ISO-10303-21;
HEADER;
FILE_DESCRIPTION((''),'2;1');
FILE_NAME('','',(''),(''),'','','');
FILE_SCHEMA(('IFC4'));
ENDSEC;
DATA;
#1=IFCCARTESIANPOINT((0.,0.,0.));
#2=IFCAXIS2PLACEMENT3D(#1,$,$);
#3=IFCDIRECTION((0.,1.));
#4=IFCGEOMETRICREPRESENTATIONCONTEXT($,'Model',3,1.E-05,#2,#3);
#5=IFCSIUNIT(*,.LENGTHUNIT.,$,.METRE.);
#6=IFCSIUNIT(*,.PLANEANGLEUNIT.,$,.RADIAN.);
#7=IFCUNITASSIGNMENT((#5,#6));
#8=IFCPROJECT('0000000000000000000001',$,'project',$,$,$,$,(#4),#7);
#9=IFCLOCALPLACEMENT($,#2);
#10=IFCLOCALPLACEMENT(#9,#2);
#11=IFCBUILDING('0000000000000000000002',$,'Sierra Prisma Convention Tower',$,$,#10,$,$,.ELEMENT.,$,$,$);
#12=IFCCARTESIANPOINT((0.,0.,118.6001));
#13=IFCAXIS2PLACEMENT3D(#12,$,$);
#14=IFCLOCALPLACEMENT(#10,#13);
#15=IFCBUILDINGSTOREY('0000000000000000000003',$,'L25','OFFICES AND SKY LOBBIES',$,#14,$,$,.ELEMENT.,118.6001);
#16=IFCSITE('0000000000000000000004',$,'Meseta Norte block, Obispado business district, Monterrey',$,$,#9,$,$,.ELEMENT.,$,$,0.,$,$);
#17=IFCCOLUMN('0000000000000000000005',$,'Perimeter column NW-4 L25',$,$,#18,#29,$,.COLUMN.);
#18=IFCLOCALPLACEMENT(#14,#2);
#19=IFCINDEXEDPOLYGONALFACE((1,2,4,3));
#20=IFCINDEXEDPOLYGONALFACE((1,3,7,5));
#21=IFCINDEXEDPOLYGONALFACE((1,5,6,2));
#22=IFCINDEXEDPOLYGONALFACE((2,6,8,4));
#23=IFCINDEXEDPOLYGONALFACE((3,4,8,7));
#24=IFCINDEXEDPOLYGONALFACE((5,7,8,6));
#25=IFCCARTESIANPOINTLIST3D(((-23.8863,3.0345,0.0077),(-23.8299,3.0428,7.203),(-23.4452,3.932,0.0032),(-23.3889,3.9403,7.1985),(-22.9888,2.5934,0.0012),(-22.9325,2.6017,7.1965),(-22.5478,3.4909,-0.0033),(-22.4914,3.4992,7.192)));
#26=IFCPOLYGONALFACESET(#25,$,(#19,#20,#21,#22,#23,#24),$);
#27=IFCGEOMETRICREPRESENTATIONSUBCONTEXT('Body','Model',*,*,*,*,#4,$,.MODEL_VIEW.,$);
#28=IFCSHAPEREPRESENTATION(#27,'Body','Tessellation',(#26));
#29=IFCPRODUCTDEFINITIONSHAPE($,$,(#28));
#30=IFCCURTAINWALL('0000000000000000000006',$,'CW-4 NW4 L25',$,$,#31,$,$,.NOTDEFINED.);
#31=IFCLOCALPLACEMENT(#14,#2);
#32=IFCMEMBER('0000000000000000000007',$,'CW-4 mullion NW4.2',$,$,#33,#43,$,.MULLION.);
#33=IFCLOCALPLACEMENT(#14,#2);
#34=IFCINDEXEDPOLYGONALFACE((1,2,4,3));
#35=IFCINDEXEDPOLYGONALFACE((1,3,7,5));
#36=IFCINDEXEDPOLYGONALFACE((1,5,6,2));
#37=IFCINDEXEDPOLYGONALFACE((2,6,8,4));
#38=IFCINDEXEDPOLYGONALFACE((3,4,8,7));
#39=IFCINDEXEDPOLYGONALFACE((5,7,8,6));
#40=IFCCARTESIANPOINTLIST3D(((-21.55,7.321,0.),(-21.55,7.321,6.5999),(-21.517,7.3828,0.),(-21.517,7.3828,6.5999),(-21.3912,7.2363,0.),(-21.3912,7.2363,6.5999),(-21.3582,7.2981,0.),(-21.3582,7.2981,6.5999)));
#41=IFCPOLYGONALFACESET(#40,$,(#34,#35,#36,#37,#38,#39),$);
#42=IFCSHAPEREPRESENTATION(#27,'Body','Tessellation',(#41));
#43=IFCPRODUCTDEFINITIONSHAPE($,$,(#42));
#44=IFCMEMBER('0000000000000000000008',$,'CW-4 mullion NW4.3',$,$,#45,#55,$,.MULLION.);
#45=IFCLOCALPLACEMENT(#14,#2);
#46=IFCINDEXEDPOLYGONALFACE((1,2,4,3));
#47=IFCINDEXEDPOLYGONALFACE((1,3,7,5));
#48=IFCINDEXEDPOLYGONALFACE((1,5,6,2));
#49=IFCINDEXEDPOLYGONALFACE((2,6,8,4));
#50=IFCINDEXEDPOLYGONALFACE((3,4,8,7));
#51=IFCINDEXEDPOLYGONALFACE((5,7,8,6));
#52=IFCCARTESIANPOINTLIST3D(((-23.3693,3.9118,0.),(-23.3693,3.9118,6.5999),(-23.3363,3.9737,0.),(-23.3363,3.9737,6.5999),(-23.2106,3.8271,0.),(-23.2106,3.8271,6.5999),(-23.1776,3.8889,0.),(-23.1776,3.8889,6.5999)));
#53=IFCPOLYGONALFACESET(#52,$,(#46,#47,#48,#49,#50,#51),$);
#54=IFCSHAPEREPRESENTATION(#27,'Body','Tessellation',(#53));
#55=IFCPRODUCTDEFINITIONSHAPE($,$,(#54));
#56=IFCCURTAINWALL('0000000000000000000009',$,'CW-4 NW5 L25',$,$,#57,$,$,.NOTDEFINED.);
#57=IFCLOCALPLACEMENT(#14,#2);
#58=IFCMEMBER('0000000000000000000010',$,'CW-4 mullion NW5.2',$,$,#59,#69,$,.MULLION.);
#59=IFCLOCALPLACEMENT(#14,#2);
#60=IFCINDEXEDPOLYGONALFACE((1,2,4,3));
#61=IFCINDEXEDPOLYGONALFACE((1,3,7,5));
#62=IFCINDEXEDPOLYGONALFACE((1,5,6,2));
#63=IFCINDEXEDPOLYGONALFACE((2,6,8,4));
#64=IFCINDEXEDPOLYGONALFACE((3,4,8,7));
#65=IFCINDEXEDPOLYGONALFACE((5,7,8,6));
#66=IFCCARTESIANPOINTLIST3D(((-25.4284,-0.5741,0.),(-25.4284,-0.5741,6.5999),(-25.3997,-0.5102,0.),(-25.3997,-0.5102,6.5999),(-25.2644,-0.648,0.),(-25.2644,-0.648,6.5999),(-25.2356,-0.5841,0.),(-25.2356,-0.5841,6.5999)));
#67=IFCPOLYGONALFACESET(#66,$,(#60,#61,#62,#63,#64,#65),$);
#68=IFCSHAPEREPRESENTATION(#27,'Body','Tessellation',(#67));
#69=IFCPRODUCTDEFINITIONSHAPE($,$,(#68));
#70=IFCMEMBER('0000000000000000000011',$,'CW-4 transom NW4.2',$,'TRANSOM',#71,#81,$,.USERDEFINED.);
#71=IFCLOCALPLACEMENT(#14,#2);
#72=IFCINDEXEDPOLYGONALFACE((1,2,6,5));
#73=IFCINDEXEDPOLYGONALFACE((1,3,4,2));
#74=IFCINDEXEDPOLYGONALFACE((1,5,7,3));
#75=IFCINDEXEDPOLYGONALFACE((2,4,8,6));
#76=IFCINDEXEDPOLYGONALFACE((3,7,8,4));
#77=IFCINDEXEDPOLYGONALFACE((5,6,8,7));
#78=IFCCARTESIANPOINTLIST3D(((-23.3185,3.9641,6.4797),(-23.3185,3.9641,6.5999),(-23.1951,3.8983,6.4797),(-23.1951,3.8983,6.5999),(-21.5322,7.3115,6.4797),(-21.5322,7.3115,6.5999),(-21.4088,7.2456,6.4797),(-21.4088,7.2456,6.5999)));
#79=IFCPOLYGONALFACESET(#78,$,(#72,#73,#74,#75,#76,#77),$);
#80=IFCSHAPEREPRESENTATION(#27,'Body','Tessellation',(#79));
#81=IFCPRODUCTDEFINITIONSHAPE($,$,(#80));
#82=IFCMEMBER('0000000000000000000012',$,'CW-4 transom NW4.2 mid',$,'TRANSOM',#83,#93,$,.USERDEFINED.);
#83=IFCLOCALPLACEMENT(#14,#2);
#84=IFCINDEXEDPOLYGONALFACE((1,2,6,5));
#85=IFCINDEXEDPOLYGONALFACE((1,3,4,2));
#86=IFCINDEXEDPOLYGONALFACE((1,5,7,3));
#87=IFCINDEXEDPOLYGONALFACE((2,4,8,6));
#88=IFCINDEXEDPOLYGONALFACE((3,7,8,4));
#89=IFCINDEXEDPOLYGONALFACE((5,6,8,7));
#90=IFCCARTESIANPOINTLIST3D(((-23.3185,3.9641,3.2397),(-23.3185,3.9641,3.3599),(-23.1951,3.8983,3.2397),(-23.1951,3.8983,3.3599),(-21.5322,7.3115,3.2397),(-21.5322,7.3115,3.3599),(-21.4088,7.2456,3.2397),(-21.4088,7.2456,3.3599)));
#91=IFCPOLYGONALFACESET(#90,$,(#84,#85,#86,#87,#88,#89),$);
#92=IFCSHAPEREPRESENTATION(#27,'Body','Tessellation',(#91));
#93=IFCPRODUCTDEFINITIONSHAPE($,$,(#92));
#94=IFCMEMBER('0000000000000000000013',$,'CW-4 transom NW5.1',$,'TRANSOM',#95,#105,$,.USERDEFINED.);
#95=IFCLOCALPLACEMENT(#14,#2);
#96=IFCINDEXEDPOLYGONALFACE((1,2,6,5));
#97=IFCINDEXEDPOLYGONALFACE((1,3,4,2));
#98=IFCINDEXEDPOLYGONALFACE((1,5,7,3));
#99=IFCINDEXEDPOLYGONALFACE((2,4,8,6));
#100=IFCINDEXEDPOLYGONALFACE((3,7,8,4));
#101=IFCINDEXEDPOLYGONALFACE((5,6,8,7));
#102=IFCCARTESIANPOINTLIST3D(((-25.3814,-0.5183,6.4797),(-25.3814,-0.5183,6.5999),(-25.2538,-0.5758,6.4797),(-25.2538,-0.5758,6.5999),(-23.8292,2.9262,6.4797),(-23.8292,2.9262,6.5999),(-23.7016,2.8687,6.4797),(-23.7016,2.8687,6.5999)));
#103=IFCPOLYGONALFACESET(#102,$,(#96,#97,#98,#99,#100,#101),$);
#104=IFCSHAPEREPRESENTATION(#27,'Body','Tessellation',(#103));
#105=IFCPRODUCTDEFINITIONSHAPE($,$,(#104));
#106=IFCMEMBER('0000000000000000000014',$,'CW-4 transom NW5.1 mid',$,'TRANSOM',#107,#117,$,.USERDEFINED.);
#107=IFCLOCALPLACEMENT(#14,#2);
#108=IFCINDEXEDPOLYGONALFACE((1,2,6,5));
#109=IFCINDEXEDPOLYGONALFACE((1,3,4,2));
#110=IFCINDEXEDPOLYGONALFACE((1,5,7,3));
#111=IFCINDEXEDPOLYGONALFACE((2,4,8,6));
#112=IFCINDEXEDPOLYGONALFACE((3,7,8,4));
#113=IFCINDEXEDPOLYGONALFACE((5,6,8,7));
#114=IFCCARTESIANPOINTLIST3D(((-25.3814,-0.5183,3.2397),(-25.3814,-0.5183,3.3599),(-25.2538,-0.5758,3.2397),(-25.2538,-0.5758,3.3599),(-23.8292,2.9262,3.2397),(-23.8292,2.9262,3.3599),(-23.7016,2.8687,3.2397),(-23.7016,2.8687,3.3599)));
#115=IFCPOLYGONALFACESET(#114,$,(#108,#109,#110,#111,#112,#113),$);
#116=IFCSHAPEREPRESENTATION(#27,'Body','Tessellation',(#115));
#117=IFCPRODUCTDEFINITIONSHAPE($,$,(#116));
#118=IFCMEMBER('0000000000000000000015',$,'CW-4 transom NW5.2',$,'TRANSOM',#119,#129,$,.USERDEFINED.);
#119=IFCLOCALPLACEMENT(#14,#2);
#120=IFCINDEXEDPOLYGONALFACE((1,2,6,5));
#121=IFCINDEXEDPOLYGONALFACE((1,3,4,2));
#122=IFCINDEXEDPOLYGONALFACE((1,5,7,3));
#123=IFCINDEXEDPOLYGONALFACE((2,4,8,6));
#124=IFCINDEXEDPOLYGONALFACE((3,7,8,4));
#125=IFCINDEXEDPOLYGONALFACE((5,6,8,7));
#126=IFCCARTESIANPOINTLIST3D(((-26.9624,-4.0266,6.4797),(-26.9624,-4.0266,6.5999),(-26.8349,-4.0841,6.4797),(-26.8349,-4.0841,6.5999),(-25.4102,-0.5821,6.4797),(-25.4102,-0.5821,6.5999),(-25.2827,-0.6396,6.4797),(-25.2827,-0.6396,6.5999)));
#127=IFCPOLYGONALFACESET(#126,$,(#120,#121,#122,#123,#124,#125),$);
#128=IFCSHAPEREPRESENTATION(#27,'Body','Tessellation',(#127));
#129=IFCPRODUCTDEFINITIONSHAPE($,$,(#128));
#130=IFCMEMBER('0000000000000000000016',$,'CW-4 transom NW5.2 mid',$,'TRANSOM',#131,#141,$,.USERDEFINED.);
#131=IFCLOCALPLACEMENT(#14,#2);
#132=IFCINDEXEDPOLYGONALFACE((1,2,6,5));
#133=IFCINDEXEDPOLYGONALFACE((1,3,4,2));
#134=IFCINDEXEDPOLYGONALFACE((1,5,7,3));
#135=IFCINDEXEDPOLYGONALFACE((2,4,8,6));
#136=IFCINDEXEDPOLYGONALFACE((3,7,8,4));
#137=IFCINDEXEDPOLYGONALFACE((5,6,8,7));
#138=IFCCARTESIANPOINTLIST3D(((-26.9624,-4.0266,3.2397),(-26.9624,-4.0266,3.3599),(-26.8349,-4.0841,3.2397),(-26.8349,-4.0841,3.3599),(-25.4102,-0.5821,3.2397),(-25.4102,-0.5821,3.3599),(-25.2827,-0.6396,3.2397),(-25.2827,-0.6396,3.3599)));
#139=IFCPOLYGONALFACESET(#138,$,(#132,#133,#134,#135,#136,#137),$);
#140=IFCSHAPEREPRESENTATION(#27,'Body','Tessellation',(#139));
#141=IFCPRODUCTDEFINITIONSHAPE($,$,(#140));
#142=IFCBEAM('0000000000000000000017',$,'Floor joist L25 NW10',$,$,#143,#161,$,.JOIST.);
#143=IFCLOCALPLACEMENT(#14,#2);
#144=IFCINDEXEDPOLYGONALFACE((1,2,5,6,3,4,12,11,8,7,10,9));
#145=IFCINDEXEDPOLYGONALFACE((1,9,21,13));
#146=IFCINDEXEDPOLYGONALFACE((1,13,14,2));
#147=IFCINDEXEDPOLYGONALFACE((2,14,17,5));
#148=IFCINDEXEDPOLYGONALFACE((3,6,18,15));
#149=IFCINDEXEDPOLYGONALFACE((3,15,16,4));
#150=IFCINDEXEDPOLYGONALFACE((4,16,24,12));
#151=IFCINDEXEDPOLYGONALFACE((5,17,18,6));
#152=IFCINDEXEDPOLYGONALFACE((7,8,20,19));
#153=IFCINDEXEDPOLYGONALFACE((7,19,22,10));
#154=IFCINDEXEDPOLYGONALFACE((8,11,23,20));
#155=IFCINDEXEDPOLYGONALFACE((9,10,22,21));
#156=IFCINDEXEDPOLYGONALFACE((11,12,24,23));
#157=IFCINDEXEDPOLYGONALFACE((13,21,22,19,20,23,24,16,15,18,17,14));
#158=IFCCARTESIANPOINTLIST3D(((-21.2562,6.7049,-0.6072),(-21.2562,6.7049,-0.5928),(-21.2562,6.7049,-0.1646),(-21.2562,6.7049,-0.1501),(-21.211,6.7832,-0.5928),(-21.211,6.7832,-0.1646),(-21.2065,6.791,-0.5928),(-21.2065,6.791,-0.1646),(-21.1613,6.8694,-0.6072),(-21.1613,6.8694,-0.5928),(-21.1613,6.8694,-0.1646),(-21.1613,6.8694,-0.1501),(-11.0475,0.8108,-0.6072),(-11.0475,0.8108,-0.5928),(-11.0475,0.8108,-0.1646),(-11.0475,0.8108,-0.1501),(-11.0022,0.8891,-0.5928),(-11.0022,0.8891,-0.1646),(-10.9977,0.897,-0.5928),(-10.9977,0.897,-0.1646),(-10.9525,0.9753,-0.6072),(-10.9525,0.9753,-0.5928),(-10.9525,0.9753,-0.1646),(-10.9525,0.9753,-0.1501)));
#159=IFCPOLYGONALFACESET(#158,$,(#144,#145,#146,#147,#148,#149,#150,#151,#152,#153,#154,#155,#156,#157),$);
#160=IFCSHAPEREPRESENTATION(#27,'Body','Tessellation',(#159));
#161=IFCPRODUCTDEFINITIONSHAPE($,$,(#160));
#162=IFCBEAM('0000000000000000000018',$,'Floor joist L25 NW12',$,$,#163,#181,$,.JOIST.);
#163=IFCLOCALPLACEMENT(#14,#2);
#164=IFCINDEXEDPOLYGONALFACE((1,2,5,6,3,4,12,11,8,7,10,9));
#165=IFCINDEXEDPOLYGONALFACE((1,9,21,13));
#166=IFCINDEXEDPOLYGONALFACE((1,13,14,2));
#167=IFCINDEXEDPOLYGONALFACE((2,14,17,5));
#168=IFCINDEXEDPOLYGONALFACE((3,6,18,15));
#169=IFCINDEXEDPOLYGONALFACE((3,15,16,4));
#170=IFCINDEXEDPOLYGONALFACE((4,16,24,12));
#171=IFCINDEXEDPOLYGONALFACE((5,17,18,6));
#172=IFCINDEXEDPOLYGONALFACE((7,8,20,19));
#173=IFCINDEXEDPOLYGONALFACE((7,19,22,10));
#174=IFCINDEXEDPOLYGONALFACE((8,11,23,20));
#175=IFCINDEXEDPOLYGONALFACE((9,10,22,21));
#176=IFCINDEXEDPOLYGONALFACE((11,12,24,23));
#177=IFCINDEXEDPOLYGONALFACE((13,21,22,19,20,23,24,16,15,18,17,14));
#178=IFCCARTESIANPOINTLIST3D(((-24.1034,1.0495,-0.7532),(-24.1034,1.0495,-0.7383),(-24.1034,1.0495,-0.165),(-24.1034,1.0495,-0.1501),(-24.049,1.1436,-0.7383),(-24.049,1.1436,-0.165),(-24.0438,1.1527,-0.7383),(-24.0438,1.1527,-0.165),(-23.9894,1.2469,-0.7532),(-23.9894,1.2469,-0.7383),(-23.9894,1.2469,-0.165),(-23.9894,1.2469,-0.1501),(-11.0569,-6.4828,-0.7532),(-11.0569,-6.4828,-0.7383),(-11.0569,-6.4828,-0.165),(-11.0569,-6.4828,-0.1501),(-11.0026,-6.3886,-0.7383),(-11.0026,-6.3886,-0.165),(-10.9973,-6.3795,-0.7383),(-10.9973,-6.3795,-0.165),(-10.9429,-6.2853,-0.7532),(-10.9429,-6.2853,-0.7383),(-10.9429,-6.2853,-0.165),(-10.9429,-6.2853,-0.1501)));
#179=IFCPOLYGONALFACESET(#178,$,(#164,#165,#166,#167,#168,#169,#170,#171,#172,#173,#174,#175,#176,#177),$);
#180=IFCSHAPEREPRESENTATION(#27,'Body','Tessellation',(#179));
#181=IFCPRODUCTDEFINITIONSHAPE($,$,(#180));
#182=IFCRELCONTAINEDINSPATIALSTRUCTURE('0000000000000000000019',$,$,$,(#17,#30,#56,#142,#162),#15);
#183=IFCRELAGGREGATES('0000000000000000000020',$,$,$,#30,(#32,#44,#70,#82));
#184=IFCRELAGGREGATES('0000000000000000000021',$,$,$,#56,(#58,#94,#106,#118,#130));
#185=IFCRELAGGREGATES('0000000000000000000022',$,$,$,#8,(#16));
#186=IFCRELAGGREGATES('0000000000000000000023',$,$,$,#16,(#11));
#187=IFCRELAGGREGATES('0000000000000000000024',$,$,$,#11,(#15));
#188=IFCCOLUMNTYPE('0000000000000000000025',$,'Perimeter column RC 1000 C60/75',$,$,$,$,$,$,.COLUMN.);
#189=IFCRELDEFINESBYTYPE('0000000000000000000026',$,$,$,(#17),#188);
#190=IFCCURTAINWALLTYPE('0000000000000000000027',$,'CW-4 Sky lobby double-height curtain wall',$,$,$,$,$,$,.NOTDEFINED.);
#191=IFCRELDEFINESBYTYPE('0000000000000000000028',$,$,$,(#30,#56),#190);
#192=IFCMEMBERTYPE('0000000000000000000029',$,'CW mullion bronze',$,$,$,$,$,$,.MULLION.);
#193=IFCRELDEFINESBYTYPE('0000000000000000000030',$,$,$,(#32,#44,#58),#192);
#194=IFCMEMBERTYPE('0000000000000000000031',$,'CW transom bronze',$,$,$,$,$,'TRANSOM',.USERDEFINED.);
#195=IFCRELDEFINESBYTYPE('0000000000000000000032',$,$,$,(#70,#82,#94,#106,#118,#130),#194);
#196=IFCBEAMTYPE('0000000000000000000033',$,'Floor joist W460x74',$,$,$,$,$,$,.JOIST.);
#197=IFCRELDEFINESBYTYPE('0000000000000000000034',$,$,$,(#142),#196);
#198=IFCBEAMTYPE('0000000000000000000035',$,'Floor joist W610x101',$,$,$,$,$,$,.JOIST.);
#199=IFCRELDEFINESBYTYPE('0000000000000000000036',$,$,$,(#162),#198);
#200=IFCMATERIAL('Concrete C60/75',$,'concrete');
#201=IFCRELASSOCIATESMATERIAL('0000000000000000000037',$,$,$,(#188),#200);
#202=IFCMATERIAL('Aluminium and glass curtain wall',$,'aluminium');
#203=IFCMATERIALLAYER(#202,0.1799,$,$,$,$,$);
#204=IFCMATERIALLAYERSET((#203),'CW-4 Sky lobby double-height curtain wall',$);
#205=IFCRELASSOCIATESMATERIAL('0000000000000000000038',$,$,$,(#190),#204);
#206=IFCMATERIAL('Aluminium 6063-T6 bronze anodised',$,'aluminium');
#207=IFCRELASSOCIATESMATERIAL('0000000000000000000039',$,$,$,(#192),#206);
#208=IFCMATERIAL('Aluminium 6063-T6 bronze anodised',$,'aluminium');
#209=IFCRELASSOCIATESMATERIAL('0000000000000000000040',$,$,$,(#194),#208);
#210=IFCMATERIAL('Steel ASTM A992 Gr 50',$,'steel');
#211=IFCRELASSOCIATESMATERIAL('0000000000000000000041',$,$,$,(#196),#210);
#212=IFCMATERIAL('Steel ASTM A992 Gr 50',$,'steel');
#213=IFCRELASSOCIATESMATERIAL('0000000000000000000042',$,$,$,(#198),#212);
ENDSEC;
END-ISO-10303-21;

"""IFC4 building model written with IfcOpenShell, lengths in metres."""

from ifc_helpers import new_model, si_unit, direction, frame, origin, origin_2d, place, context, subcontext, project, spatial, rectangle, i_section, extrude, clip, halfspace, material, layer, layer_set, material_profile, profile_set, type_object, element, aggregate, save


model = new_model("IFC4")

# Units and contexts
model_context = context("Model", 3, precision=1e-05, world=origin(), true_north=direction((0.0, 1.0)))
body_context = subcontext(model_context, "Body", "Model", "MODEL_VIEW")
ifc_project = project(units=[si_unit("LENGTHUNIT", "METRE"), si_unit("PLANEANGLEUNIT", "RADIAN")], contexts=[model_context])

# Site, building, storey
site_placement = place(None, origin())
site = spatial("IfcSite", under=ifc_project, at=site_placement, Name="Meseta Norte block, Obispado business district, Monterrey", CompositionType="ELEMENT", RefElevation=0.0)
building_placement = place(site_placement, origin())
building = spatial("IfcBuilding", under=site, at=building_placement, Name="Sierra Prisma Convention Tower", CompositionType="ELEMENT")
storey_placement = place(building_placement, frame((0.0, 0.0, 118.6001)))
storey = spatial("IfcBuildingStorey", under=building, at=storey_placement, Name="L25", Description="OFFICES AND SKY LOBBIES", CompositionType="ELEMENT", Elevation=118.6001)

# Column
ifc_material_1 = material(Name="Concrete C60/75", Category="concrete")
ifc_material_profile_1 = material_profile(ifc_material_1, rectangle(XDim=1.0, YDim=1.0, at=origin_2d()), Name="Perimeter column RC 1000 C60/75")
ifc_profile_set_1 = profile_set([ifc_material_profile_1], Name="Concrete C60/75")
column_type = type_object("IfcColumnType", Name="Perimeter column RC 1000 C60/75", PredefinedType="COLUMN", material=ifc_profile_set_1)
column_placement = place(storey_placement, frame((-23.217, 3.2627, 0.0), z_axis=(0.007833, 0.001153, 0.999969), x_axis=(0.441062, 0.897466, -0.004489)))
element("IfcColumn", 1, at=column_placement, inside=storey, type_object=column_type, Name="Perimeter column NW-4 L25", PredefinedType="COLUMN", context=body_context, shape_type="SweptSolid", body=[
    clip(clip(extrude(rectangle(XDim=1.0, YDim=1.0, at=origin_2d()), origin(), (0.0, 0.0, 1.0), 7.2002), halfspace(frame((0.0, 0.0, 0.0022)), True)), halfspace(frame((0.0, 0.0, 7.1978)), False)),
])

# Curtain wall, members
ifc_material_2 = material(Name="Aluminium and glass curtain wall", Category="aluminium")
ifc_layer_1 = layer(ifc_material_2, 0.1799)
ifc_layer_set_1 = layer_set([ifc_layer_1], Name="CW-4 Sky lobby double-height curtain wall")
curtain_wall_type = type_object("IfcCurtainWallType", Name="CW-4 Sky lobby double-height curtain wall", PredefinedType="NOTDEFINED", material=ifc_layer_set_1)
curtain_wall_1_placement = place(storey_placement, origin())
curtain_wall_1 = element("IfcCurtainWall", 2, at=curtain_wall_1_placement, inside=storey, type_object=curtain_wall_type, Name="CW-4 NW4 L25", PredefinedType="NOTDEFINED")
ifc_material_3 = material(Name="Aluminium 6063-T6 bronze anodised", Category="aluminium")
ifc_material_profile_2 = material_profile(ifc_material_3, rectangle(XDim=0.1799, YDim=0.0701, at=origin_2d()), Name="ALU MULLION 70x180")
ifc_profile_set_2 = profile_set([ifc_material_profile_2], Name="Aluminium 6063-T6 bronze anodised")
member_type_1 = type_object("IfcMemberType", Name="CW mullion bronze", PredefinedType="MULLION", material=ifc_profile_set_2)
member_1_placement = place(storey_placement, frame((-21.4541, 7.3096, 0.0), z_axis=(0.0, 0.0, 1.0), x_axis=(0.88224, -0.4708, 0.0)))
member_1 = element("IfcMember", 3, at=member_1_placement, type_object=member_type_1, Name="CW-4 mullion NW4.2", PredefinedType="MULLION", context=body_context, shape_type="SweptSolid", body=[
    extrude(rectangle(XDim=0.1799, YDim=0.0701, at=origin_2d()), origin(), (0.0, 0.0, 1.0), 6.5999),
])
member_2_placement = place(storey_placement, frame((-23.2734, 3.9004, 0.0), z_axis=(0.0, 0.0, 1.0), x_axis=(0.88224, -0.4708, 0.0)))
member_2 = element("IfcMember", 4, at=member_2_placement, type_object=member_type_1, Name="CW-4 mullion NW4.3", PredefinedType="MULLION", context=body_context, shape_type="SweptSolid", body=[
    extrude(rectangle(XDim=0.1799, YDim=0.0701, at=origin_2d()), origin(), (0.0, 0.0, 1.0), 6.5999),
])

# Curtain wall, member
curtain_wall_2_placement = place(storey_placement, origin())
curtain_wall_2 = element("IfcCurtainWall", 5, at=curtain_wall_2_placement, inside=storey, type_object=curtain_wall_type, Name="CW-4 NW5 L25", PredefinedType="NOTDEFINED")
member_3_placement = place(storey_placement, frame((-25.332, -0.5791, 0.0), z_axis=(0.0, 0.0, 1.0), x_axis=(0.9117, -0.410857, 0.0)))
member_3 = element("IfcMember", 6, at=member_3_placement, type_object=member_type_1, Name="CW-4 mullion NW5.2", PredefinedType="MULLION", context=body_context, shape_type="SweptSolid", body=[
    extrude(rectangle(XDim=0.1799, YDim=0.0701, at=origin_2d()), origin(), (0.0, 0.0, 1.0), 6.5999),
])

# Members
ifc_material_4 = material(Name="Aluminium 6063-T6 bronze anodised", Category="aluminium")
ifc_material_profile_3 = material_profile(ifc_material_4, rectangle(XDim=0.1399, YDim=0.1201, at=origin_2d()), Name="ALU TRANSOM 120x140")
ifc_profile_set_3 = profile_set([ifc_material_profile_3], Name="Aluminium 6063-T6 bronze anodised")
member_type_2 = type_object("IfcMemberType", Name="CW transom bronze", ElementType="TRANSOM", PredefinedType="USERDEFINED", material=ifc_profile_set_3)
member_4_placement = place(storey_placement, frame((-21.4705, 7.2786, 6.5398), z_axis=(-0.470812, -0.882234, 0.0), x_axis=(0.882234, -0.470812, 0.0)))
member_4 = element("IfcMember", 7, at=member_4_placement, type_object=member_type_2, Name="CW-4 transom NW4.2", ObjectType="TRANSOM", PredefinedType="USERDEFINED", context=body_context, shape_type="SweptSolid", body=[
    extrude(rectangle(XDim=0.1399, YDim=0.1201, at=origin_2d()), origin(), (0.0, 0.0, 1.0), 3.7942),
])
member_5_placement = place(storey_placement, frame((-21.4705, 7.2786, 3.2998), z_axis=(-0.470812, -0.882234, 0.0), x_axis=(0.882234, -0.470812, 0.0)))
member_5 = element("IfcMember", 8, at=member_5_placement, type_object=member_type_2, Name="CW-4 transom NW4.2 mid", ObjectType="TRANSOM", PredefinedType="USERDEFINED", context=body_context, shape_type="SweptSolid", body=[
    extrude(rectangle(XDim=0.1399, YDim=0.1201, at=origin_2d()), origin(), (0.0, 0.0, 1.0), 3.7942),
])
member_6_placement = place(storey_placement, frame((-23.7654, 2.8975, 6.5398), z_axis=(-0.410846, -0.911705, 0.0), x_axis=(0.911705, -0.410846, 0.0)))
member_6 = element("IfcMember", 9, at=member_6_placement, type_object=member_type_2, Name="CW-4 transom NW5.1", ObjectType="TRANSOM", PredefinedType="USERDEFINED", context=body_context, shape_type="SweptSolid", body=[
    extrude(rectangle(XDim=0.1399, YDim=0.1201, at=origin_2d()), origin(), (0.0, 0.0, 1.0), 3.7781),
])
member_7_placement = place(storey_placement, frame((-23.7654, 2.8975, 3.2998), z_axis=(-0.410846, -0.911705, 0.0), x_axis=(0.911705, -0.410846, 0.0)))
member_7 = element("IfcMember", 10, at=member_7_placement, type_object=member_type_2, Name="CW-4 transom NW5.1 mid", ObjectType="TRANSOM", PredefinedType="USERDEFINED", context=body_context, shape_type="SweptSolid", body=[
    extrude(rectangle(XDim=0.1399, YDim=0.1201, at=origin_2d()), origin(), (0.0, 0.0, 1.0), 3.7781),
])
member_8_placement = place(storey_placement, frame((-25.3464, -0.6108, 6.5398), z_axis=(-0.410846, -0.911705, 0.0), x_axis=(0.911705, -0.410846, 0.0)))
member_8 = element("IfcMember", 11, at=member_8_placement, type_object=member_type_2, Name="CW-4 transom NW5.2", ObjectType="TRANSOM", PredefinedType="USERDEFINED", context=body_context, shape_type="SweptSolid", body=[
    extrude(rectangle(XDim=0.1399, YDim=0.1201, at=origin_2d()), origin(), (0.0, 0.0, 1.0), 3.7781),
])
member_9_placement = place(storey_placement, frame((-25.3464, -0.6108, 3.2998), z_axis=(-0.410846, -0.911705, 0.0), x_axis=(0.911705, -0.410846, 0.0)))
member_9 = element("IfcMember", 12, at=member_9_placement, type_object=member_type_2, Name="CW-4 transom NW5.2 mid", ObjectType="TRANSOM", PredefinedType="USERDEFINED", context=body_context, shape_type="SweptSolid", body=[
    extrude(rectangle(XDim=0.1399, YDim=0.1201, at=origin_2d()), origin(), (0.0, 0.0, 1.0), 3.7781),
])

# Beams
ifc_material_5 = material(Name="Steel ASTM A992 Gr 50", Category="steel")
ifc_material_profile_4 = material_profile(ifc_material_5, i_section(OverallWidth=0.1899, OverallDepth=0.457, WebThickness=0.009, FlangeThickness=0.0144, at=origin_2d()), Name="W460x74")
ifc_profile_set_4 = profile_set([ifc_material_profile_4], Name="Steel ASTM A992 Gr 50")
beam_type_1 = type_object("IfcBeamType", Name="Floor joist W460x74", PredefinedType="JOIST", material=ifc_profile_set_4)
beam_1_placement = place(storey_placement, frame((-21.2087, 6.7871, -0.3787), z_axis=(0.866025, -0.500002, 0.0), x_axis=(0.500002, 0.866025, 0.0)))
element("IfcBeam", 13, at=beam_1_placement, inside=storey, type_object=beam_type_1, Name="Floor joist L25 NW10", PredefinedType="JOIST", context=body_context, shape_type="SweptSolid", body=[
    extrude(i_section(OverallWidth=0.1899, OverallDepth=0.457, WebThickness=0.009, FlangeThickness=0.0144, at=origin_2d()), origin(), (0.0, 0.0, 1.0), 11.7881),
])
ifc_material_6 = material(Name="Steel ASTM A992 Gr 50", Category="steel")
ifc_material_profile_5 = material_profile(ifc_material_6, i_section(OverallWidth=0.228, OverallDepth=0.603, WebThickness=0.0105, FlangeThickness=0.0149, at=origin_2d()), Name="W610x101")
ifc_profile_set_5 = profile_set([ifc_material_profile_5], Name="Steel ASTM A992 Gr 50")
beam_type_2 = type_object("IfcBeamType", Name="Floor joist W610x101", PredefinedType="JOIST", material=ifc_profile_set_5)
beam_2_placement = place(storey_placement, frame((-24.0464, 1.1482, -0.4517), z_axis=(0.866029, -0.499995, 0.0), x_axis=(0.499995, 0.866029, 0.0)))
element("IfcBeam", 14, at=beam_2_placement, inside=storey, type_object=beam_type_2, Name="Floor joist L25 NW12", PredefinedType="JOIST", context=body_context, shape_type="SweptSolid", body=[
    extrude(i_section(OverallWidth=0.228, OverallDepth=0.603, WebThickness=0.0105, FlangeThickness=0.0149, at=origin_2d()), origin(), (0.0, 0.0, 1.0), 15.0647),
])

aggregate(curtain_wall_1, [member_1, member_2, member_4, member_5])
aggregate(curtain_wall_2, [member_3, member_6, member_7, member_8, member_9])

save(model, "model.ifc")
